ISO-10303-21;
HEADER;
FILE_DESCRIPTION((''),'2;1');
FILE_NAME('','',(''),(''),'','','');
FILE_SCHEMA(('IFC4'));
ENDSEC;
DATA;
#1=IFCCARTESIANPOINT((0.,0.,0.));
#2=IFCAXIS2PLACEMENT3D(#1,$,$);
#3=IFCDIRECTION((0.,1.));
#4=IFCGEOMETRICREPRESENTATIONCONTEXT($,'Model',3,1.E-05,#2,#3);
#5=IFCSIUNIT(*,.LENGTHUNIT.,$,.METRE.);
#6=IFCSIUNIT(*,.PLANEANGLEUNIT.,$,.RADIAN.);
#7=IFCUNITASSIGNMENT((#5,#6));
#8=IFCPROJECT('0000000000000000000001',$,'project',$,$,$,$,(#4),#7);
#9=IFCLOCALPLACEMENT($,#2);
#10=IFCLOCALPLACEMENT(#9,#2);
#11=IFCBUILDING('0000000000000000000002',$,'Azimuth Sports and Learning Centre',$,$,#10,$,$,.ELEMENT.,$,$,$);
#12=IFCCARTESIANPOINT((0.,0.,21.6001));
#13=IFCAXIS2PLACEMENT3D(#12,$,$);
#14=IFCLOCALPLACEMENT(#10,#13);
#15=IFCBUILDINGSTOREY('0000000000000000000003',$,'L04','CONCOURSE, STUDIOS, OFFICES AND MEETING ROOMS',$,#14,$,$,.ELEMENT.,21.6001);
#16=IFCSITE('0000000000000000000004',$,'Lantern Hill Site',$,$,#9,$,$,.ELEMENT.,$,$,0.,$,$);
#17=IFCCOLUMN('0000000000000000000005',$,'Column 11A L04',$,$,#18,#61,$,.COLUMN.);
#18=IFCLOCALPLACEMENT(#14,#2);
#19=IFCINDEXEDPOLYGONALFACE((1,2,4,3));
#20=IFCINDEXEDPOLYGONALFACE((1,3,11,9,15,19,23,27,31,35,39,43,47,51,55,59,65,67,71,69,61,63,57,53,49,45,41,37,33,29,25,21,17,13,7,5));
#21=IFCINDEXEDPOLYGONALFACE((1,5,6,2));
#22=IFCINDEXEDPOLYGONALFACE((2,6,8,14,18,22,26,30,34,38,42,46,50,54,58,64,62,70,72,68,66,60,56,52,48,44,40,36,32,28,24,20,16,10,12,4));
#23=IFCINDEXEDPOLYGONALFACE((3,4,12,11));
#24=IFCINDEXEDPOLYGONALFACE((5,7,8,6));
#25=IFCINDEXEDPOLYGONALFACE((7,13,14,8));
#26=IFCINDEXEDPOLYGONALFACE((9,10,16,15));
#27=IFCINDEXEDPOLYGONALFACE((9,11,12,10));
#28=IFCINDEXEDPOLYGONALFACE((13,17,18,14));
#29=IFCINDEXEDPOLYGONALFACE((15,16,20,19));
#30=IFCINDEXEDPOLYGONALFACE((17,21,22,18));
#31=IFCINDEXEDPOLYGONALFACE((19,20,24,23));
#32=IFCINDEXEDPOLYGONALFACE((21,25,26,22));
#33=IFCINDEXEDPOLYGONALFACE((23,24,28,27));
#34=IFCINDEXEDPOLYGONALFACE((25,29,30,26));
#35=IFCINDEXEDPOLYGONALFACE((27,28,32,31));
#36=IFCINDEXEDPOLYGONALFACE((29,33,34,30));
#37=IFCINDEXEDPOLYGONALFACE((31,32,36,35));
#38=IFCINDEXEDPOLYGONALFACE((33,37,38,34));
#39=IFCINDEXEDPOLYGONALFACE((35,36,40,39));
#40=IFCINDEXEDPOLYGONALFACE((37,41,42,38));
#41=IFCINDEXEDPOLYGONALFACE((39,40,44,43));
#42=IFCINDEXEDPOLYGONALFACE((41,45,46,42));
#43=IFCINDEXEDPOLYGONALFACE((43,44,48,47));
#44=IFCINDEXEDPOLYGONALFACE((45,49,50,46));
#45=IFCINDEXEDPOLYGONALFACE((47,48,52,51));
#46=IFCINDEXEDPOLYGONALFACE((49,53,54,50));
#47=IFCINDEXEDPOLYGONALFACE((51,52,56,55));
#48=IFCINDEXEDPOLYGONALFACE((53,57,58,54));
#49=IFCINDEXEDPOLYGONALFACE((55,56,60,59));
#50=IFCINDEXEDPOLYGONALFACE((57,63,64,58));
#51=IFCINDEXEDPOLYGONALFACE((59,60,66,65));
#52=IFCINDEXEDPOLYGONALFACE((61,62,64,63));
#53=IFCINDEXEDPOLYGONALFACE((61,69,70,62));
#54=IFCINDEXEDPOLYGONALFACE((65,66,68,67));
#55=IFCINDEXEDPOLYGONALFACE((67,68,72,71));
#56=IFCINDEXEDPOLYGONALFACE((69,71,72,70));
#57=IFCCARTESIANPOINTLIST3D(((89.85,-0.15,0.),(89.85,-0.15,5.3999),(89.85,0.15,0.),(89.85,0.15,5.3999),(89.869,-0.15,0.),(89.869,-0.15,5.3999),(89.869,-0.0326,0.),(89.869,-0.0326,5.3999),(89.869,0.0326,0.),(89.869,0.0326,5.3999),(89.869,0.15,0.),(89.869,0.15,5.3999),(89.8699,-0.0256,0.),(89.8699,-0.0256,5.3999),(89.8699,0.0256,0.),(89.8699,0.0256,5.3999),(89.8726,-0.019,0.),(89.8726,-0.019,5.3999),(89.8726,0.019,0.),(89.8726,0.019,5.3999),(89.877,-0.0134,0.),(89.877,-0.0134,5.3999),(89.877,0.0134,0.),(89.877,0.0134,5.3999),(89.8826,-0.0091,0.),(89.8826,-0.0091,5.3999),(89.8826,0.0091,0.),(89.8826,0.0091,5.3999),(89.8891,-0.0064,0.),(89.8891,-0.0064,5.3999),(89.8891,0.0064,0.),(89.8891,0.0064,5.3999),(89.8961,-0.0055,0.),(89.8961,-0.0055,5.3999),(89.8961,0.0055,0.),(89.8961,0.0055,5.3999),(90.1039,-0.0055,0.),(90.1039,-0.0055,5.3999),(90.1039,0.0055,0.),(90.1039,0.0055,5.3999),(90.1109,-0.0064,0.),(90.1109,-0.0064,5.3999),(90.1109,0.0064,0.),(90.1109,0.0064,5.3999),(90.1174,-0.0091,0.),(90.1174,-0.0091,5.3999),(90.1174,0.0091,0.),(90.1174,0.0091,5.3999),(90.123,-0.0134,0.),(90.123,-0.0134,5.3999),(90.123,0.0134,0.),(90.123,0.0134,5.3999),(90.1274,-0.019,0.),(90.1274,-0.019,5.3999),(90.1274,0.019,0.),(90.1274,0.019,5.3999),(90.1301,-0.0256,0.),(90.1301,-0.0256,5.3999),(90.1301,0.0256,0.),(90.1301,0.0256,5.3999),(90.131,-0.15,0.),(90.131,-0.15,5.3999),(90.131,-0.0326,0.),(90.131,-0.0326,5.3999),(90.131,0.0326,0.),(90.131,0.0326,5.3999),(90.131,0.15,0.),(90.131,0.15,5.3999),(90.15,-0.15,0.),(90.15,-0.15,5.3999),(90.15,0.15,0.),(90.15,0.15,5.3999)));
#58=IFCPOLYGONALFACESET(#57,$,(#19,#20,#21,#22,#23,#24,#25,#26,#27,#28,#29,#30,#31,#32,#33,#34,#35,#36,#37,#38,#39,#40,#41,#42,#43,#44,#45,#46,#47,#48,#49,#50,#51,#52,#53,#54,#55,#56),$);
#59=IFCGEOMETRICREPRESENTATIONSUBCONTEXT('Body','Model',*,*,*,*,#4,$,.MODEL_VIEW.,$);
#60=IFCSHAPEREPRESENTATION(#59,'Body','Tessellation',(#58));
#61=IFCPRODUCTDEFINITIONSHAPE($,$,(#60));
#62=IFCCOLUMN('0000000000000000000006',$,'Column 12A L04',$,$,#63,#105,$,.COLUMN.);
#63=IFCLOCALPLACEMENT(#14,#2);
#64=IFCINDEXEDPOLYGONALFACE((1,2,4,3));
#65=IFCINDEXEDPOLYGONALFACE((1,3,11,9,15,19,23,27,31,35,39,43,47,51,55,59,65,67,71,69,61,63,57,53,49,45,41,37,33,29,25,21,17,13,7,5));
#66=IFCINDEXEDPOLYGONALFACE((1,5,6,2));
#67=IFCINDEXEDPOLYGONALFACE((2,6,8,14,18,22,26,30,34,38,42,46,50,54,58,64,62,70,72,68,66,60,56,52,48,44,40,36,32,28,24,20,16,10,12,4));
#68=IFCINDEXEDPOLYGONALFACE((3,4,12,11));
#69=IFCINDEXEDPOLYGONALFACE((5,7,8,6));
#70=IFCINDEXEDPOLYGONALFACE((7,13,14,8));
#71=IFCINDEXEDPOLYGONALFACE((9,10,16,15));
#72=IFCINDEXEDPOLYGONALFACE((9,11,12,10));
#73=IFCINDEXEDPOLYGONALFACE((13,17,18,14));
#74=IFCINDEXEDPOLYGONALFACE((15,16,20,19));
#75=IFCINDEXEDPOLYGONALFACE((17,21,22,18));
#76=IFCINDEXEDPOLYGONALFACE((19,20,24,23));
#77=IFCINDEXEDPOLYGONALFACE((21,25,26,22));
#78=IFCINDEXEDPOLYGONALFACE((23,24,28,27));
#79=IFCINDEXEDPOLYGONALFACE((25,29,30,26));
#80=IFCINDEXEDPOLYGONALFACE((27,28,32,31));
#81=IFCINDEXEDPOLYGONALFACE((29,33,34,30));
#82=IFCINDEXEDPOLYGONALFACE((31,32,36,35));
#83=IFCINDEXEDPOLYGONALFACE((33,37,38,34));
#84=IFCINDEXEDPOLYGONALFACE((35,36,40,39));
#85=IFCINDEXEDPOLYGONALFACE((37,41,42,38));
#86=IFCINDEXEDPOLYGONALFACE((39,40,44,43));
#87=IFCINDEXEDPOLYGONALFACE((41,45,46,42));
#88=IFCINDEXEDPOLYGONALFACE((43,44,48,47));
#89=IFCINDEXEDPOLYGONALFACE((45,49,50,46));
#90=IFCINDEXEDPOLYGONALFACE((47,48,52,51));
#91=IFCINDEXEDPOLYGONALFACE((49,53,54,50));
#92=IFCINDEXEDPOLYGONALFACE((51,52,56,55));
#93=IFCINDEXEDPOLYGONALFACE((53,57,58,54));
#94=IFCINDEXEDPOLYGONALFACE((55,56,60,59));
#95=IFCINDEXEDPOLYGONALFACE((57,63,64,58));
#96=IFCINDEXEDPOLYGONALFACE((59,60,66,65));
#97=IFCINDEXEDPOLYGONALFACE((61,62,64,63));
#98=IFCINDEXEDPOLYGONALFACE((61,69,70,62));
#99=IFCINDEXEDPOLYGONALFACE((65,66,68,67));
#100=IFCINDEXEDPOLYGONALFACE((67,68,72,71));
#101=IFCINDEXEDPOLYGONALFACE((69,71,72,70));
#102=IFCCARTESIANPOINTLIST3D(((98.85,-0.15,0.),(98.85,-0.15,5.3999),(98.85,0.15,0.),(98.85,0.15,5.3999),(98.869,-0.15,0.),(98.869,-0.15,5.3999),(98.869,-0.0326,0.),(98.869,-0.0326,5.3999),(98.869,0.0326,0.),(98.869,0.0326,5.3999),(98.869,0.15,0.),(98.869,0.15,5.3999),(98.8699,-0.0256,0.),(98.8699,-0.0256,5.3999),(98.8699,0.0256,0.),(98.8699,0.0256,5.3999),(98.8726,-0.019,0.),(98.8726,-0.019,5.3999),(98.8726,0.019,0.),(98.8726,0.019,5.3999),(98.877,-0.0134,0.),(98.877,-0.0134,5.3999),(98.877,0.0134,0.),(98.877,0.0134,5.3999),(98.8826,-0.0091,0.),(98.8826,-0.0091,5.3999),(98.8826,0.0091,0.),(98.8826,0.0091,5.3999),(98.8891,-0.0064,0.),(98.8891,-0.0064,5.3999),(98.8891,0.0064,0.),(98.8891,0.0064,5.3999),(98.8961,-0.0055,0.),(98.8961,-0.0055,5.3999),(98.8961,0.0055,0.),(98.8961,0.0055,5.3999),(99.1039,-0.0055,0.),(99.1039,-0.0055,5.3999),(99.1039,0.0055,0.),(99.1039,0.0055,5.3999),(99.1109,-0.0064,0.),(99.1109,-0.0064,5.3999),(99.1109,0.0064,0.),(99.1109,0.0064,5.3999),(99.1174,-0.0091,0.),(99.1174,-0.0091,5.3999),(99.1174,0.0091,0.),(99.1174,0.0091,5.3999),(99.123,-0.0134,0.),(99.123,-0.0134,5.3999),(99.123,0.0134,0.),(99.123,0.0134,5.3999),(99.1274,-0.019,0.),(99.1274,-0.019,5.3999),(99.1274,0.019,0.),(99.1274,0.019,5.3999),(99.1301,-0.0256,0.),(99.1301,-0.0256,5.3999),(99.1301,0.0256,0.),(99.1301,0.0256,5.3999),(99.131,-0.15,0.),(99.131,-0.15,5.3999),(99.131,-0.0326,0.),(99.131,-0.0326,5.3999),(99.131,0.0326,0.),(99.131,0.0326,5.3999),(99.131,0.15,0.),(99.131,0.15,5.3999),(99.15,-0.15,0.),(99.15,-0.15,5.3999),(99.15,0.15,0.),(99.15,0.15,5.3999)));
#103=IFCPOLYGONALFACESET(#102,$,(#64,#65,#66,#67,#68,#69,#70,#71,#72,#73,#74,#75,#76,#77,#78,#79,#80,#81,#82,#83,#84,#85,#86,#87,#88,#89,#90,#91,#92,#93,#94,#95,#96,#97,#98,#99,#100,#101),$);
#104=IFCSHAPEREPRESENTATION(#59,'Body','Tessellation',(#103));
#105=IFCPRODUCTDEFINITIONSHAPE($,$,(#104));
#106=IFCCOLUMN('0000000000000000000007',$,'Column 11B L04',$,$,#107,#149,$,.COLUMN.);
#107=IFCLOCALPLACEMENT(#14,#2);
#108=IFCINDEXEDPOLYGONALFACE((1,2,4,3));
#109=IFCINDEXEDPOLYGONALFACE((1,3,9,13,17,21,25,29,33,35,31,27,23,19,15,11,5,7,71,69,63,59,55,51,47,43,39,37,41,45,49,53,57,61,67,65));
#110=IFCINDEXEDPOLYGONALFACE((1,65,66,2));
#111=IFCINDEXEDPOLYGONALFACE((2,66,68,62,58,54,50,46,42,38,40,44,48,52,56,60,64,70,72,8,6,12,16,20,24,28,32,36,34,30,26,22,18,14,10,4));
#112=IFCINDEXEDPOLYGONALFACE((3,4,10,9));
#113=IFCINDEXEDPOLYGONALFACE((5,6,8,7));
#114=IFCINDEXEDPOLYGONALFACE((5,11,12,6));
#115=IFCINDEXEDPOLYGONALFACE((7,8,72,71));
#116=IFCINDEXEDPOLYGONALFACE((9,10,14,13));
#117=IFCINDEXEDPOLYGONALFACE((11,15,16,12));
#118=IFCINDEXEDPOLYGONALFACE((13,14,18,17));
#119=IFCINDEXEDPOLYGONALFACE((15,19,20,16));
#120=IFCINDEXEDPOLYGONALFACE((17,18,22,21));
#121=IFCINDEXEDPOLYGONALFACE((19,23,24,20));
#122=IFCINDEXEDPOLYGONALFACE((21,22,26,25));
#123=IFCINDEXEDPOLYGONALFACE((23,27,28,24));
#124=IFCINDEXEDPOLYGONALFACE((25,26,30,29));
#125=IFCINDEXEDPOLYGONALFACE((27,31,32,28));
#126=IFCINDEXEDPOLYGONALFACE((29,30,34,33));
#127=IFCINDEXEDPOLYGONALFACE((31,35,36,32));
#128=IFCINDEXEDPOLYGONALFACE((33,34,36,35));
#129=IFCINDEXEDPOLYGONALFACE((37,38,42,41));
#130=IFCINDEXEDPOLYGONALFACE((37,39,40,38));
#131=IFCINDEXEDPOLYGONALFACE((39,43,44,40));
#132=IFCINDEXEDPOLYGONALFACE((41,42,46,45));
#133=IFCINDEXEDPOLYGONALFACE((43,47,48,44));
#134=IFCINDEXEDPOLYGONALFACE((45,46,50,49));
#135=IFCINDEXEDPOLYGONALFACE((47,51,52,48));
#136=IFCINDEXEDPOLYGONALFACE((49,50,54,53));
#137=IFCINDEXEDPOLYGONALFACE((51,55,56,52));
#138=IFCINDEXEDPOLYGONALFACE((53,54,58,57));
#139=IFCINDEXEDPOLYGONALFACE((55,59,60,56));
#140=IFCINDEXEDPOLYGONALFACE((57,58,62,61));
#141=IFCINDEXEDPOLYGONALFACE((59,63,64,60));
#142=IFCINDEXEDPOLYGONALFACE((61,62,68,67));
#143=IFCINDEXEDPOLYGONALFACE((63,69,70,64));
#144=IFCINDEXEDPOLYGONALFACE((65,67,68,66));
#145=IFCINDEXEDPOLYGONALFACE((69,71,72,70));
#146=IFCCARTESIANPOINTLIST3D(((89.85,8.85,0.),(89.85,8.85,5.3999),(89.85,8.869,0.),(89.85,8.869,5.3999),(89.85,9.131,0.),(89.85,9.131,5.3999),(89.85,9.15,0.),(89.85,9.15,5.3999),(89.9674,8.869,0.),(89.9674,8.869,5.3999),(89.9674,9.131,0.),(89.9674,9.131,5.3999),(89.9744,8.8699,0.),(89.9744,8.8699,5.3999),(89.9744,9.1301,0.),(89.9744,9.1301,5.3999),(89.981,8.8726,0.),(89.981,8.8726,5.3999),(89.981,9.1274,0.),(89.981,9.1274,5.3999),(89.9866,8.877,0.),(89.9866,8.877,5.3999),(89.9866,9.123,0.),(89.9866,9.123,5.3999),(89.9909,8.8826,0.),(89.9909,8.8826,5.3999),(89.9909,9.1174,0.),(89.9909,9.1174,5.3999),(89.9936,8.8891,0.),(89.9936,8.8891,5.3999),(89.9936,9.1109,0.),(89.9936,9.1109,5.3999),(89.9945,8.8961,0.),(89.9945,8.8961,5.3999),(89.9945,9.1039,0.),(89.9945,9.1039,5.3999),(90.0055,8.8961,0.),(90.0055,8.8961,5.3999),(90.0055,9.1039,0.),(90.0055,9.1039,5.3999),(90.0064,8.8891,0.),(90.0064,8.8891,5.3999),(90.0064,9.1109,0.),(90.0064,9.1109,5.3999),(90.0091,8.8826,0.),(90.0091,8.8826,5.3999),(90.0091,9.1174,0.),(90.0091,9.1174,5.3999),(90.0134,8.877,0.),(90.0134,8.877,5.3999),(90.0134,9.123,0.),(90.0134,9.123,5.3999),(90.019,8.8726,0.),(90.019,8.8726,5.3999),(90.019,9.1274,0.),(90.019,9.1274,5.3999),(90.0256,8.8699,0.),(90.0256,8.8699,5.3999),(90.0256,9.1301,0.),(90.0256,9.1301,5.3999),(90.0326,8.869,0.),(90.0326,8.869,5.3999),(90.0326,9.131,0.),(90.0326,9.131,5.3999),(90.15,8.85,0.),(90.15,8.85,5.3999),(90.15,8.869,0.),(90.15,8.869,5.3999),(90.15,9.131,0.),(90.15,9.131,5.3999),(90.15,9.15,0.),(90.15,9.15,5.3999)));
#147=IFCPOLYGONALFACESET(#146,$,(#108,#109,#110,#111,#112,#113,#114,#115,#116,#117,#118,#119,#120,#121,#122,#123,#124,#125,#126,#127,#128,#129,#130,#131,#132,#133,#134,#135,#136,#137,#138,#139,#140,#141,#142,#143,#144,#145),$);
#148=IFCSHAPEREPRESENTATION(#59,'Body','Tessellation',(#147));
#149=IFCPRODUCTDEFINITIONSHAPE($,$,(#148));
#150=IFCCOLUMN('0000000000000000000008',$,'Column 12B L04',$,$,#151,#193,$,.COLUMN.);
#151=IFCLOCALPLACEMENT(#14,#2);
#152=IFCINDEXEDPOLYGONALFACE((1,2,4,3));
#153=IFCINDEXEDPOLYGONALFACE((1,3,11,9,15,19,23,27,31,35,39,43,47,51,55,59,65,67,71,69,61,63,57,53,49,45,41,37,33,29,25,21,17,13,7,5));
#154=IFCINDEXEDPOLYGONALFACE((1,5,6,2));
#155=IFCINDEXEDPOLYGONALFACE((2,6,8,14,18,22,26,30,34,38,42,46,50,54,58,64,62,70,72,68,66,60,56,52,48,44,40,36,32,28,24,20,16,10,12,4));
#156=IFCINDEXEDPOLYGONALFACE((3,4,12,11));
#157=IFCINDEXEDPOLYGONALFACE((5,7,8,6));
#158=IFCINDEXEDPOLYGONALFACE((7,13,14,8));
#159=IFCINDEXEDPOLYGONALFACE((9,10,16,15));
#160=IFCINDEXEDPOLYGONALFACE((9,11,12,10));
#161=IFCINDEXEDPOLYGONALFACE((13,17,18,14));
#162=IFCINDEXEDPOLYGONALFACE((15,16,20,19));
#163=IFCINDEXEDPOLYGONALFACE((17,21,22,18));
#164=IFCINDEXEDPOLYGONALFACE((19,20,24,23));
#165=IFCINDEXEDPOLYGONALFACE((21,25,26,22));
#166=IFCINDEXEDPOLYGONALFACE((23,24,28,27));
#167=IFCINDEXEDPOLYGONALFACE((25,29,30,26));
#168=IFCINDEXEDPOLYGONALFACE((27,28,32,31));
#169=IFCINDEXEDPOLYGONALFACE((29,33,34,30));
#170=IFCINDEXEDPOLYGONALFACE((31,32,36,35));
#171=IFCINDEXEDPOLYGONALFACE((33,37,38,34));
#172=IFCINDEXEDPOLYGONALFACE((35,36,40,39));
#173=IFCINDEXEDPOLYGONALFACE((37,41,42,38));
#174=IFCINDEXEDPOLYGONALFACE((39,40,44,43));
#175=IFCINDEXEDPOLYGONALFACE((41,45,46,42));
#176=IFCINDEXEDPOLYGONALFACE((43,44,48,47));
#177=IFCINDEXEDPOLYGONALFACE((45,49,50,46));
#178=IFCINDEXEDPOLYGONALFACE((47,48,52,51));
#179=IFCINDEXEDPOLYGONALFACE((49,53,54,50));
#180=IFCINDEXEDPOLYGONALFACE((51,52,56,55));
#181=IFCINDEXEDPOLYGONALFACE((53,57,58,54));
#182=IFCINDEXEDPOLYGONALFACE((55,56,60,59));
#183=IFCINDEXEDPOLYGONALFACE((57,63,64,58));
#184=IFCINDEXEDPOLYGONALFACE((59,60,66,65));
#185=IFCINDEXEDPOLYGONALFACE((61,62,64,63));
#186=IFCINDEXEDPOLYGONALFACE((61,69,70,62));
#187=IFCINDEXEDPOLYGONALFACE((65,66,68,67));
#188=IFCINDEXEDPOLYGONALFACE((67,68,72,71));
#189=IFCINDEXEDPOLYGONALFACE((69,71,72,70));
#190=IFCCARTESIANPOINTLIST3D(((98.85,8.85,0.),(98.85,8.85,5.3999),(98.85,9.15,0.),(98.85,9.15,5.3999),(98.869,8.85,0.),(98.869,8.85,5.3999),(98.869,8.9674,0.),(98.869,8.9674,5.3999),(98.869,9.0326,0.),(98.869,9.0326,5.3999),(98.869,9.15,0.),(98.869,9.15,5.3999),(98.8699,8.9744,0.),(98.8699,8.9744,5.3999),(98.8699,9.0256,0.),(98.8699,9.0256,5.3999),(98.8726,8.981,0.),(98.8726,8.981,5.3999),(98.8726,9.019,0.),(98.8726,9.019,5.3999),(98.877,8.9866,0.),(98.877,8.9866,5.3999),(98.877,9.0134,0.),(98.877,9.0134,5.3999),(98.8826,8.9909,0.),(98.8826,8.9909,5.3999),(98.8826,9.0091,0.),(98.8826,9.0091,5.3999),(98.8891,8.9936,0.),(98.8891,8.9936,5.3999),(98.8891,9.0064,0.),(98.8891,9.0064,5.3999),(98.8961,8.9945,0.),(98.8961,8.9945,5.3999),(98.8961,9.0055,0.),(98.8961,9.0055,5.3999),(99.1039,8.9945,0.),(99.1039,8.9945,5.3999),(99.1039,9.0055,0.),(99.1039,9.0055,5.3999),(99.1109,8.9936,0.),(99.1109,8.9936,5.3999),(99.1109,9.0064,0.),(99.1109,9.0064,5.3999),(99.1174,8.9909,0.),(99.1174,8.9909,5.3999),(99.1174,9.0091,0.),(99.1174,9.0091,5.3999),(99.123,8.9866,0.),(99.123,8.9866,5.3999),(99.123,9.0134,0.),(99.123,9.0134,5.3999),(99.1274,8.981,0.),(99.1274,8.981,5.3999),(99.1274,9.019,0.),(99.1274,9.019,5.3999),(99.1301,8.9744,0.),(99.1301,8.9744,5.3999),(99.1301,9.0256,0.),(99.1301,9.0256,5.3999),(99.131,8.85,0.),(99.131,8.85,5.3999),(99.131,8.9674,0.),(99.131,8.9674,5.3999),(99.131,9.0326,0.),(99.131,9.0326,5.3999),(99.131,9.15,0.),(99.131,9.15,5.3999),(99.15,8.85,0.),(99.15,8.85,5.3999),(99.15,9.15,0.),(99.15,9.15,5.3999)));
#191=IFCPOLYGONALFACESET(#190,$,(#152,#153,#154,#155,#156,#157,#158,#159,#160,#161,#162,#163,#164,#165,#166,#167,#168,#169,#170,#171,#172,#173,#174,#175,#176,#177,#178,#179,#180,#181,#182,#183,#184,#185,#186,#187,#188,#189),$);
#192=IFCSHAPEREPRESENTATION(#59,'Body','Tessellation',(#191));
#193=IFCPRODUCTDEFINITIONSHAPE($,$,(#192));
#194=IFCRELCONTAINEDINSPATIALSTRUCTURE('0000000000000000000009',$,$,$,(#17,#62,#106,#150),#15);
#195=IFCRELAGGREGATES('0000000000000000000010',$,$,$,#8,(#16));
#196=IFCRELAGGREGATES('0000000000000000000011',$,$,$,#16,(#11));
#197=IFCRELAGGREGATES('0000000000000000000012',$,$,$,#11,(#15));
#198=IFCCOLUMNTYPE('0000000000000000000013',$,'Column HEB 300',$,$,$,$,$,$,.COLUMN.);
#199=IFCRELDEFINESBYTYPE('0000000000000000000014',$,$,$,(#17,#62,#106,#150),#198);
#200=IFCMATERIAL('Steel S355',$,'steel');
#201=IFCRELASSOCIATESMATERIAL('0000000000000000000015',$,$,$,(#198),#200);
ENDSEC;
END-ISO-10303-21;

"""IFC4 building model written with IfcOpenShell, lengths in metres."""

from ifc_helpers import new_model, si_unit, direction, frame, origin, origin_2d, place, context, subcontext, project, spatial, i_section, extrude, material, material_profile, profile_set, type_object, element, save


model = new_model("IFC4")

# Units and contexts
model_context = context("Model", 3, precision=1e-05, world=origin(), true_north=direction((0.0, 1.0)))
body_context = subcontext(model_context, "Body", "Model", "MODEL_VIEW")
ifc_project = project(units=[si_unit("LENGTHUNIT", "METRE"), si_unit("PLANEANGLEUNIT", "RADIAN")], contexts=[model_context])

# Site, building, storey
site_placement = place(None, origin())
site = spatial("IfcSite", under=ifc_project, at=site_placement, Name="Lantern Hill Site", CompositionType="ELEMENT", RefElevation=0.0)
building_placement = place(site_placement, origin())
building = spatial("IfcBuilding", under=site, at=building_placement, Name="Azimuth Sports and Learning Centre", CompositionType="ELEMENT")
storey_placement = place(building_placement, frame((0.0, 0.0, 21.6001)))
storey = spatial("IfcBuildingStorey", under=building, at=storey_placement, Name="L04", Description="CONCOURSE, STUDIOS, OFFICES AND MEETING ROOMS", CompositionType="ELEMENT", Elevation=21.6001)

# Columns
ifc_material_1 = material(Name="Steel S355", Category="steel")
ifc_material_profile_1 = material_profile(ifc_material_1, i_section(OverallWidth=0.3, OverallDepth=0.3, WebThickness=0.011, FlangeThickness=0.019, FilletRadius=0.0271, at=origin_2d()), Name="HEB 300")
ifc_profile_set_1 = profile_set([ifc_material_profile_1], Name="Steel S355")
column_type = type_object("IfcColumnType", Name="Column HEB 300", PredefinedType="COLUMN", material=ifc_profile_set_1)
for number, where, z_axis, x_axis, name in (
    (1, (90.0, 0.0, 0.0), (0.0, 0.0, 1.0), (0.0, 1.0, 0.0), "Column 11A L04"),
    (2, (99.0, 0.0, 0.0), (0.0, 0.0, 1.0), (0.0, 1.0, 0.0), "Column 12A L04"),
    (3, (90.0, 9.0, 0.0), (0.0, 0.0, 1.0), (1.0, 0.0, 0.0), "Column 11B L04"),
    (4, (99.0, 9.0, 0.0), (0.0, 0.0, 1.0), (0.0, 1.0, 0.0), "Column 12B L04"),
):
    element("IfcColumn", number, at=place(storey_placement, frame(where, z_axis=z_axis, x_axis=x_axis)), inside=storey, type_object=column_type, Name=name, PredefinedType="COLUMN", context=body_context, shape_type="SweptSolid", body=[
        extrude(i_section(OverallWidth=0.3, OverallDepth=0.3, WebThickness=0.011, FlangeThickness=0.019, FilletRadius=0.0271, at=origin_2d()), origin(), (0.0, 0.0, 1.0), 5.3999),
    ])

save(model, "model.ifc")
